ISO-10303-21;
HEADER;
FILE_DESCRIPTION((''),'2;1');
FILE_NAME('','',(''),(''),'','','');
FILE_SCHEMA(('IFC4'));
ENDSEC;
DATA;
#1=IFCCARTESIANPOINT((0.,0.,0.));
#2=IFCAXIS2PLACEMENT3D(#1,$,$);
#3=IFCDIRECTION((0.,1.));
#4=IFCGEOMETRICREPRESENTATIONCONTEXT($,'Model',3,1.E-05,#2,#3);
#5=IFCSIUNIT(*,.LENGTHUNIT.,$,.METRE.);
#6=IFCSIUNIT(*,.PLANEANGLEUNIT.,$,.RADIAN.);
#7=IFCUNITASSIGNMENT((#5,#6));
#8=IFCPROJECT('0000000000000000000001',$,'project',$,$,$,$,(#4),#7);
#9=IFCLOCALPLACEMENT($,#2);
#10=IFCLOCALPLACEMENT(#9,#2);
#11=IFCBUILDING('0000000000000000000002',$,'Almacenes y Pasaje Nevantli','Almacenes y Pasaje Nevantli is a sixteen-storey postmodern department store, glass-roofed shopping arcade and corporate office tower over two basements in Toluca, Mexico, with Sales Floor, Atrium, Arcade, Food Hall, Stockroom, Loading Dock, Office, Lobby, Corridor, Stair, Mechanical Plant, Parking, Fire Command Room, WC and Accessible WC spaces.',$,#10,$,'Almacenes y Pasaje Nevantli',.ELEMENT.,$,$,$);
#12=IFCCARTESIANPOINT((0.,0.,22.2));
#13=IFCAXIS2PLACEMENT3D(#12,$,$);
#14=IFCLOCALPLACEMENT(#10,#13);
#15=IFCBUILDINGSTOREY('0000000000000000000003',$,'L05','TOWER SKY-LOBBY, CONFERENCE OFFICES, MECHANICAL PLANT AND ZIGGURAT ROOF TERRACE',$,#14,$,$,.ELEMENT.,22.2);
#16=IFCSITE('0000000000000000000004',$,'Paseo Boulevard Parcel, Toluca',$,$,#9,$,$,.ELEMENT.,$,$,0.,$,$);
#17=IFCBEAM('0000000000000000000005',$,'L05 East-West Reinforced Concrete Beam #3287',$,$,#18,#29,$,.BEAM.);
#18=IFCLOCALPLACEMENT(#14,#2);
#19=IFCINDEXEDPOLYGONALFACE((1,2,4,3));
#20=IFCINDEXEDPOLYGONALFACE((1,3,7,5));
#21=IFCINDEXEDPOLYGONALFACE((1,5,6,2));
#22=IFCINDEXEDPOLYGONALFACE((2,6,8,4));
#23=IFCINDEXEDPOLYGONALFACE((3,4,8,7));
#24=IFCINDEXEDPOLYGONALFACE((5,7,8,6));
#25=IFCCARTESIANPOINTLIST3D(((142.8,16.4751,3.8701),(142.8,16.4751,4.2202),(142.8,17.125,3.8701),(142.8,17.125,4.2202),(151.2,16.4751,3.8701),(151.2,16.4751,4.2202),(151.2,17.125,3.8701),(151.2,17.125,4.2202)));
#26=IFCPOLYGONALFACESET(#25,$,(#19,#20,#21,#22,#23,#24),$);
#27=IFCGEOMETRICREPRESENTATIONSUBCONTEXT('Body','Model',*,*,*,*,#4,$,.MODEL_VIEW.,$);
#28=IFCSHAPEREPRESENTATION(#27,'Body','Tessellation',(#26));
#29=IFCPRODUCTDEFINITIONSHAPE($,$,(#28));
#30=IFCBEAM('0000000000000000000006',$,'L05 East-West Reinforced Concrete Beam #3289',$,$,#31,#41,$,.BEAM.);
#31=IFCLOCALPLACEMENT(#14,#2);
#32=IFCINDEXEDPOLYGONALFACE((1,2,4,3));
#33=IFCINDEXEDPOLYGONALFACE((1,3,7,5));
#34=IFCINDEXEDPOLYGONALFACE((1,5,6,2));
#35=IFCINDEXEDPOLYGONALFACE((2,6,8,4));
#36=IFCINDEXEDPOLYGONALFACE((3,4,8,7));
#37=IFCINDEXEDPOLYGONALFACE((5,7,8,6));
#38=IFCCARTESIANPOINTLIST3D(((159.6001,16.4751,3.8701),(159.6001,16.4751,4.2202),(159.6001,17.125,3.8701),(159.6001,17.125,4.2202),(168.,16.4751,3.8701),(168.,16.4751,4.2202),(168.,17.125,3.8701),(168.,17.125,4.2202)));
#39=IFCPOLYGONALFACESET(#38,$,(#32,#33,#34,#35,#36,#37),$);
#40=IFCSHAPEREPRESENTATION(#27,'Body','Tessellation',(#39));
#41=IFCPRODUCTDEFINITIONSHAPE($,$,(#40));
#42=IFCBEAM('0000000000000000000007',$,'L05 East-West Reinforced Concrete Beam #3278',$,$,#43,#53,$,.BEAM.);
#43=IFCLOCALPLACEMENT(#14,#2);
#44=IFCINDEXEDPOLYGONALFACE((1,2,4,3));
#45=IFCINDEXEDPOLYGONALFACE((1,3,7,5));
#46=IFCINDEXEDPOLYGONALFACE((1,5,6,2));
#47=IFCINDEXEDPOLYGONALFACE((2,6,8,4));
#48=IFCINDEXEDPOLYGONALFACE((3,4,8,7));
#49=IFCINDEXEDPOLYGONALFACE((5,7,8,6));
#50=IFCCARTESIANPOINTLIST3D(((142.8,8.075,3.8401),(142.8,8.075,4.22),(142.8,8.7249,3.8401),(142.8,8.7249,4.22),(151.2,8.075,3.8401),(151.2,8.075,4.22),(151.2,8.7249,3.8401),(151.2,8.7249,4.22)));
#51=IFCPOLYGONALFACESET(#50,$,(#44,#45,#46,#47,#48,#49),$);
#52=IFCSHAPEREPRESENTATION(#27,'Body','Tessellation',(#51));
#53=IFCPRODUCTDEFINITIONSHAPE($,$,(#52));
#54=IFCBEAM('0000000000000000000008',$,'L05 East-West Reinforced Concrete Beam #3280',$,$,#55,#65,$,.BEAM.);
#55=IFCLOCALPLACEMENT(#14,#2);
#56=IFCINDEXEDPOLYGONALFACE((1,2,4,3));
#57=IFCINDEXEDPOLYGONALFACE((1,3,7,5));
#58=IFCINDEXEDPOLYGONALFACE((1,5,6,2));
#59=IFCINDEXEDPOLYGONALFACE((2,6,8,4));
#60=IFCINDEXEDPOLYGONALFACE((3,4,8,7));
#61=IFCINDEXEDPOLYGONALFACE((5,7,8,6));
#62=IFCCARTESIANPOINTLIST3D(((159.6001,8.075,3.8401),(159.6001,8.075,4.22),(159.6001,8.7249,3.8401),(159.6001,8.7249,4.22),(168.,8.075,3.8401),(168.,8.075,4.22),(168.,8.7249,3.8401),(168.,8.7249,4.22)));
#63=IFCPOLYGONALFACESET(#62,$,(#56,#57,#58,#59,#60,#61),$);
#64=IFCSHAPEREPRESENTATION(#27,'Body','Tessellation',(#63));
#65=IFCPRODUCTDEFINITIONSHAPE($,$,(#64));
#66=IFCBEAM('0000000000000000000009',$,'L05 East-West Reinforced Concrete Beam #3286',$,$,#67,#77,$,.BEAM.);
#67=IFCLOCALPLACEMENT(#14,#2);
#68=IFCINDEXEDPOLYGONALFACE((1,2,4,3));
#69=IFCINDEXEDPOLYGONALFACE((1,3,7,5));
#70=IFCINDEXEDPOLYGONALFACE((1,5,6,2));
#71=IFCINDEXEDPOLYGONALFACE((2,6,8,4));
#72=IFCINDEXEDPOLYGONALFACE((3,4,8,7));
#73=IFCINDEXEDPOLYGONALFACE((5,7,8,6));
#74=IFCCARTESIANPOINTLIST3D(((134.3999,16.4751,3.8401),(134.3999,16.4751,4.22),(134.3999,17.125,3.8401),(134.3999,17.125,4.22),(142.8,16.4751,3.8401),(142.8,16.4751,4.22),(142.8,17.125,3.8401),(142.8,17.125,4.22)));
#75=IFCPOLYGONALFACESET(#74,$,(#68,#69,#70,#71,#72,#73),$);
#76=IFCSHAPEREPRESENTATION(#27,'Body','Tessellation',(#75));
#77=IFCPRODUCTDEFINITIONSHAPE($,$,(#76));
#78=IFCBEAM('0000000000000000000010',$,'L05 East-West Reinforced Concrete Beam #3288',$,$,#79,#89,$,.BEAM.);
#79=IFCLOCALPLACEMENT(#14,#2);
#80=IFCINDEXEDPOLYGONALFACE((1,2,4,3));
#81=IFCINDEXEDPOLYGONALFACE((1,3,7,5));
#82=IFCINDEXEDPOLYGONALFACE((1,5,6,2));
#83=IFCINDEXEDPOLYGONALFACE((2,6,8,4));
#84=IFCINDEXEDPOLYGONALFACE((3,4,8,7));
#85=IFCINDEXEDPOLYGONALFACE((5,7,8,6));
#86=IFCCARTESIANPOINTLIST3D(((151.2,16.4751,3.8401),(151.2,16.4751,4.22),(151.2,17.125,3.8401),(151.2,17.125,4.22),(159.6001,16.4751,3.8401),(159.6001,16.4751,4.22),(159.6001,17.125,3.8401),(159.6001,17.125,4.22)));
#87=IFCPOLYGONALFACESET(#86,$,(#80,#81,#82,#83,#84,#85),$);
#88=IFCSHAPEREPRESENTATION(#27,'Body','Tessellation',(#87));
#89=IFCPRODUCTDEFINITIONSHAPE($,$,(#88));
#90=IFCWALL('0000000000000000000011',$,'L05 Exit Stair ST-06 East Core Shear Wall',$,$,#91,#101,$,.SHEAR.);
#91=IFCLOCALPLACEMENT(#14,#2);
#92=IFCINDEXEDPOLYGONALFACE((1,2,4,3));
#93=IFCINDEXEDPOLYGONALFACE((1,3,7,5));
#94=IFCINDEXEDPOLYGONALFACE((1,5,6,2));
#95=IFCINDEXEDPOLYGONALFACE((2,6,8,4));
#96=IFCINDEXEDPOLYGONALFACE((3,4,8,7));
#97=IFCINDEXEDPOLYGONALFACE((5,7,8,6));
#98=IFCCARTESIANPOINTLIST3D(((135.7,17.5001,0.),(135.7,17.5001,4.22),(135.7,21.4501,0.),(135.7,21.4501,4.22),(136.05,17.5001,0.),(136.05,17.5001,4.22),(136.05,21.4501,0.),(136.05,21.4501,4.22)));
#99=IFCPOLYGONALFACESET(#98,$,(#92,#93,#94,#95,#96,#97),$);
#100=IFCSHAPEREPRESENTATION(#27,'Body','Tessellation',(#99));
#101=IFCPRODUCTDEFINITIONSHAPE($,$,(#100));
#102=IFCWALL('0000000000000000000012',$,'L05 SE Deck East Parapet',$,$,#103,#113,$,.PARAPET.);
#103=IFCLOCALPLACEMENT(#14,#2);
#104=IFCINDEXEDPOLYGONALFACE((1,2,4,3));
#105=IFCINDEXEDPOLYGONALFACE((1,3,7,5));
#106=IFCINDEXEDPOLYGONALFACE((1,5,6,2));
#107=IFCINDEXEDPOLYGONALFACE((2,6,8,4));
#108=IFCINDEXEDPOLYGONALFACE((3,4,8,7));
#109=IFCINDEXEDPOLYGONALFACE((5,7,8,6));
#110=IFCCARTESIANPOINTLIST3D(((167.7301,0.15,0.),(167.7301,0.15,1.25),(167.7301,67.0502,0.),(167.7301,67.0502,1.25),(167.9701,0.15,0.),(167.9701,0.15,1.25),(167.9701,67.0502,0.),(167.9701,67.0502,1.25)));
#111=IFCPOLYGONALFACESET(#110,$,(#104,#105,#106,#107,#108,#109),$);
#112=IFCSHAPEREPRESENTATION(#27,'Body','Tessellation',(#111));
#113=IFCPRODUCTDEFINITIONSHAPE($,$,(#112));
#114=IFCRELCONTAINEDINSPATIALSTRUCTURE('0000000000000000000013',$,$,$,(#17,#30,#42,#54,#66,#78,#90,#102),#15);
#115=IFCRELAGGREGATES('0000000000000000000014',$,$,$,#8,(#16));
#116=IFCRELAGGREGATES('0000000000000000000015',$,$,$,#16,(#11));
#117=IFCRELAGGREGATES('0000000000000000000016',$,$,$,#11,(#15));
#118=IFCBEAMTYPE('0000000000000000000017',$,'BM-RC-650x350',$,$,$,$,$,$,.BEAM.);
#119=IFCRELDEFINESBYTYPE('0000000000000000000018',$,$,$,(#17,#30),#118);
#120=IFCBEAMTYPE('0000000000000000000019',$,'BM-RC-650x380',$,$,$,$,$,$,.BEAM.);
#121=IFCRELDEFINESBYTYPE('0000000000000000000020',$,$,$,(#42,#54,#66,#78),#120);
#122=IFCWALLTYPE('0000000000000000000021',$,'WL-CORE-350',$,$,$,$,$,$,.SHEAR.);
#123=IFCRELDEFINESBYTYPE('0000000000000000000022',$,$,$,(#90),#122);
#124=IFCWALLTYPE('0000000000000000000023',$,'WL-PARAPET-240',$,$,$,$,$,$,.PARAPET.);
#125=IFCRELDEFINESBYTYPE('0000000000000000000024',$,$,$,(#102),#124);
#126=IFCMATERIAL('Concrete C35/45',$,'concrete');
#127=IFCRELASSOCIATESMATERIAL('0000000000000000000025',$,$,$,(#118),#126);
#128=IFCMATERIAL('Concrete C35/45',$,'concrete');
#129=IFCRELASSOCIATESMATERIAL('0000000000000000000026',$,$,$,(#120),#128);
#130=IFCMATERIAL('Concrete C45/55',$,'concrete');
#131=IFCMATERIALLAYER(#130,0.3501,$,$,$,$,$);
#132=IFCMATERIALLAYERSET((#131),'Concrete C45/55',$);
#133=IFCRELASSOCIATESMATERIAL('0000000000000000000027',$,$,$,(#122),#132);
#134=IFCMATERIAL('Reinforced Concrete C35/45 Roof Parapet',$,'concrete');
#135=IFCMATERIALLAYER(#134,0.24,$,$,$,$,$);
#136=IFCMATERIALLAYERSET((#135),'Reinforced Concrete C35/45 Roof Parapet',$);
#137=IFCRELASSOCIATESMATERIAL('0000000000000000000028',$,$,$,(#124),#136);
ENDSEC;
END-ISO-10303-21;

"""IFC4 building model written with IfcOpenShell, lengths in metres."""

from ifc_helpers import new_model, si_unit, direction, frame, frame_2d, origin, origin_2d, place, context, subcontext, project, spatial, rectangle, extrude, material, layer, layer_set, material_profile, profile_set, type_object, element, save


model = new_model("IFC4")

# Units and contexts
model_context = context("Model", 3, precision=1e-05, world=origin(), true_north=direction((0.0, 1.0)))
body_context = subcontext(model_context, "Body", "Model", "MODEL_VIEW")
ifc_project = project(units=[si_unit("LENGTHUNIT", "METRE"), si_unit("PLANEANGLEUNIT", "RADIAN")], contexts=[model_context])

# Site, building, storey
site_placement = place(None, origin())
site = spatial("IfcSite", under=ifc_project, at=site_placement, Name="Paseo Boulevard Parcel, Toluca", CompositionType="ELEMENT", RefElevation=0.0)
building_placement = place(site_placement, origin())
building = spatial("IfcBuilding", under=site, at=building_placement, Name="Almacenes y Pasaje Nevantli", Description="Almacenes y Pasaje Nevantli is a sixteen-storey postmodern department store, glass-roofed shopping arcade and corporate office tower over two basements in Toluca, Mexico, with Sales Floor, Atrium, Arcade, Food Hall, Stockroom, Loading Dock, Office, Lobby, Corridor, Stair, Mechanical Plant, Parking, Fire Command Room, WC and Accessible WC spaces.", LongName="Almacenes y Pasaje Nevantli", CompositionType="ELEMENT")
storey_placement = place(building_placement, frame((0.0, 0.0, 22.2)))
storey = spatial("IfcBuildingStorey", under=building, at=storey_placement, Name="L05", Description="TOWER SKY-LOBBY, CONFERENCE OFFICES, MECHANICAL PLANT AND ZIGGURAT ROOF TERRACE", CompositionType="ELEMENT", Elevation=22.2)

# Beams
ifc_material_1 = material(Name="Concrete C35/45", Category="concrete")
ifc_material_profile_1 = material_profile(ifc_material_1, rectangle(XDim=0.6499, YDim=0.3501, at=origin_2d()), Name="RC-BM-650x350")
ifc_profile_set_1 = profile_set([ifc_material_profile_1], Name="Concrete C35/45")
beam_type_1 = type_object("IfcBeamType", Name="BM-RC-650x350", PredefinedType="BEAM", material=ifc_profile_set_1)
for number, where, z_axis, x_axis, name in (
    (1, (142.8, 16.8, 4.0452), (1.0, 0.0, 0.0), (0.0, 1.0, 0.0), "L05 East-West Reinforced Concrete Beam #3287"),
    (2, (159.6001, 16.8, 4.0452), (1.0, 0.0, 0.0), (0.0, 1.0, 0.0), "L05 East-West Reinforced Concrete Beam #3289"),
):
    element("IfcBeam", number, at=place(storey_placement, frame(where, z_axis=z_axis, x_axis=x_axis)), inside=storey, type_object=beam_type_1, Name=name, PredefinedType="BEAM", context=body_context, shape_type="SweptSolid", body=[
        extrude(rectangle(XDim=0.6499, YDim=0.3501, at=origin_2d()), origin(), (0.0, 0.0, 1.0), 8.3999),
    ])
ifc_material_2 = material(Name="Concrete C35/45", Category="concrete")
ifc_material_profile_2 = material_profile(ifc_material_2, rectangle(XDim=0.6499, YDim=0.3799, at=origin_2d()), Name="RC-BM-650x380")
ifc_profile_set_2 = profile_set([ifc_material_profile_2], Name="Concrete C35/45")
beam_type_2 = type_object("IfcBeamType", Name="BM-RC-650x380", PredefinedType="BEAM", material=ifc_profile_set_2)
for number, where, z_axis, x_axis, name in (
    (3, (142.8, 8.3999, 4.03), (1.0, 0.0, 0.0), (0.0, 1.0, 0.0), "L05 East-West Reinforced Concrete Beam #3278"),
    (4, (159.6001, 8.3999, 4.03), (1.0, 0.0, 0.0), (0.0, 1.0, 0.0), "L05 East-West Reinforced Concrete Beam #3280"),
):
    element("IfcBeam", number, at=place(storey_placement, frame(where, z_axis=z_axis, x_axis=x_axis)), inside=storey, type_object=beam_type_2, Name=name, PredefinedType="BEAM", context=body_context, shape_type="SweptSolid", body=[
        extrude(rectangle(XDim=0.6499, YDim=0.3799, at=origin_2d()), origin(), (0.0, 0.0, 1.0), 8.3999),
    ])
for number, where, z_axis, x_axis, name in (
    (5, (134.3999, 16.8, 4.03), (1.0, 0.0, 0.0), (0.0, 1.0, 0.0), "L05 East-West Reinforced Concrete Beam #3286"),
    (6, (151.2, 16.8, 4.03), (1.0, 0.0, 0.0), (0.0, 1.0, 0.0), "L05 East-West Reinforced Concrete Beam #3288"),
):
    element("IfcBeam", number, at=place(storey_placement, frame(where, z_axis=z_axis, x_axis=x_axis)), inside=storey, type_object=beam_type_2, Name=name, PredefinedType="BEAM", context=body_context, shape_type="SweptSolid", body=[
        extrude(rectangle(XDim=0.6499, YDim=0.3799, at=origin_2d()), origin(), (0.0, 0.0, 1.0), 8.4001),
    ])

# Walls
ifc_material_3 = material(Name="Concrete C45/55", Category="concrete")
ifc_layer_1 = layer(ifc_material_3, 0.3501)
ifc_layer_set_1 = layer_set([ifc_layer_1], Name="Concrete C45/55")
wall_type_1 = type_object("IfcWallType", Name="WL-CORE-350", PredefinedType="SHEAR", material=ifc_layer_set_1)
wall_1_placement = place(storey_placement, frame((135.875, 17.5, 0.0), z_axis=(0.0, 0.0, 1.0), x_axis=(0.0, 1.0, 0.0)))
element("IfcWall", 7, at=wall_1_placement, inside=storey, type_object=wall_type_1, Name="L05 Exit Stair ST-06 East Core Shear Wall", PredefinedType="SHEAR", context=body_context, shape_type="SweptSolid", body=[
    extrude(rectangle(XDim=3.95, YDim=0.3501, at=frame_2d((1.9751, 0.0))), origin(), (0.0, 0.0, 1.0), 4.22),
])
ifc_material_4 = material(Name="Reinforced Concrete C35/45 Roof Parapet", Category="concrete")
ifc_layer_2 = layer(ifc_material_4, 0.24)
ifc_layer_set_2 = layer_set([ifc_layer_2], Name="Reinforced Concrete C35/45 Roof Parapet")
wall_type_2 = type_object("IfcWallType", Name="WL-PARAPET-240", PredefinedType="PARAPET", material=ifc_layer_set_2)
wall_2_placement = place(storey_placement, frame((167.8501, 0.1499, 0.0), z_axis=(0.0, 0.0, 1.0), x_axis=(0.0, 1.0, 0.0)))
element("IfcWall", 8, at=wall_2_placement, inside=storey, type_object=wall_type_2, Name="L05 SE Deck East Parapet", PredefinedType="PARAPET", context=body_context, shape_type="SweptSolid", body=[
    extrude(rectangle(XDim=66.9001, YDim=0.24, at=frame_2d((33.4502, 0.0))), origin(), (0.0, 0.0, 1.0), 1.25),
])

save(model, "model.ifc")
